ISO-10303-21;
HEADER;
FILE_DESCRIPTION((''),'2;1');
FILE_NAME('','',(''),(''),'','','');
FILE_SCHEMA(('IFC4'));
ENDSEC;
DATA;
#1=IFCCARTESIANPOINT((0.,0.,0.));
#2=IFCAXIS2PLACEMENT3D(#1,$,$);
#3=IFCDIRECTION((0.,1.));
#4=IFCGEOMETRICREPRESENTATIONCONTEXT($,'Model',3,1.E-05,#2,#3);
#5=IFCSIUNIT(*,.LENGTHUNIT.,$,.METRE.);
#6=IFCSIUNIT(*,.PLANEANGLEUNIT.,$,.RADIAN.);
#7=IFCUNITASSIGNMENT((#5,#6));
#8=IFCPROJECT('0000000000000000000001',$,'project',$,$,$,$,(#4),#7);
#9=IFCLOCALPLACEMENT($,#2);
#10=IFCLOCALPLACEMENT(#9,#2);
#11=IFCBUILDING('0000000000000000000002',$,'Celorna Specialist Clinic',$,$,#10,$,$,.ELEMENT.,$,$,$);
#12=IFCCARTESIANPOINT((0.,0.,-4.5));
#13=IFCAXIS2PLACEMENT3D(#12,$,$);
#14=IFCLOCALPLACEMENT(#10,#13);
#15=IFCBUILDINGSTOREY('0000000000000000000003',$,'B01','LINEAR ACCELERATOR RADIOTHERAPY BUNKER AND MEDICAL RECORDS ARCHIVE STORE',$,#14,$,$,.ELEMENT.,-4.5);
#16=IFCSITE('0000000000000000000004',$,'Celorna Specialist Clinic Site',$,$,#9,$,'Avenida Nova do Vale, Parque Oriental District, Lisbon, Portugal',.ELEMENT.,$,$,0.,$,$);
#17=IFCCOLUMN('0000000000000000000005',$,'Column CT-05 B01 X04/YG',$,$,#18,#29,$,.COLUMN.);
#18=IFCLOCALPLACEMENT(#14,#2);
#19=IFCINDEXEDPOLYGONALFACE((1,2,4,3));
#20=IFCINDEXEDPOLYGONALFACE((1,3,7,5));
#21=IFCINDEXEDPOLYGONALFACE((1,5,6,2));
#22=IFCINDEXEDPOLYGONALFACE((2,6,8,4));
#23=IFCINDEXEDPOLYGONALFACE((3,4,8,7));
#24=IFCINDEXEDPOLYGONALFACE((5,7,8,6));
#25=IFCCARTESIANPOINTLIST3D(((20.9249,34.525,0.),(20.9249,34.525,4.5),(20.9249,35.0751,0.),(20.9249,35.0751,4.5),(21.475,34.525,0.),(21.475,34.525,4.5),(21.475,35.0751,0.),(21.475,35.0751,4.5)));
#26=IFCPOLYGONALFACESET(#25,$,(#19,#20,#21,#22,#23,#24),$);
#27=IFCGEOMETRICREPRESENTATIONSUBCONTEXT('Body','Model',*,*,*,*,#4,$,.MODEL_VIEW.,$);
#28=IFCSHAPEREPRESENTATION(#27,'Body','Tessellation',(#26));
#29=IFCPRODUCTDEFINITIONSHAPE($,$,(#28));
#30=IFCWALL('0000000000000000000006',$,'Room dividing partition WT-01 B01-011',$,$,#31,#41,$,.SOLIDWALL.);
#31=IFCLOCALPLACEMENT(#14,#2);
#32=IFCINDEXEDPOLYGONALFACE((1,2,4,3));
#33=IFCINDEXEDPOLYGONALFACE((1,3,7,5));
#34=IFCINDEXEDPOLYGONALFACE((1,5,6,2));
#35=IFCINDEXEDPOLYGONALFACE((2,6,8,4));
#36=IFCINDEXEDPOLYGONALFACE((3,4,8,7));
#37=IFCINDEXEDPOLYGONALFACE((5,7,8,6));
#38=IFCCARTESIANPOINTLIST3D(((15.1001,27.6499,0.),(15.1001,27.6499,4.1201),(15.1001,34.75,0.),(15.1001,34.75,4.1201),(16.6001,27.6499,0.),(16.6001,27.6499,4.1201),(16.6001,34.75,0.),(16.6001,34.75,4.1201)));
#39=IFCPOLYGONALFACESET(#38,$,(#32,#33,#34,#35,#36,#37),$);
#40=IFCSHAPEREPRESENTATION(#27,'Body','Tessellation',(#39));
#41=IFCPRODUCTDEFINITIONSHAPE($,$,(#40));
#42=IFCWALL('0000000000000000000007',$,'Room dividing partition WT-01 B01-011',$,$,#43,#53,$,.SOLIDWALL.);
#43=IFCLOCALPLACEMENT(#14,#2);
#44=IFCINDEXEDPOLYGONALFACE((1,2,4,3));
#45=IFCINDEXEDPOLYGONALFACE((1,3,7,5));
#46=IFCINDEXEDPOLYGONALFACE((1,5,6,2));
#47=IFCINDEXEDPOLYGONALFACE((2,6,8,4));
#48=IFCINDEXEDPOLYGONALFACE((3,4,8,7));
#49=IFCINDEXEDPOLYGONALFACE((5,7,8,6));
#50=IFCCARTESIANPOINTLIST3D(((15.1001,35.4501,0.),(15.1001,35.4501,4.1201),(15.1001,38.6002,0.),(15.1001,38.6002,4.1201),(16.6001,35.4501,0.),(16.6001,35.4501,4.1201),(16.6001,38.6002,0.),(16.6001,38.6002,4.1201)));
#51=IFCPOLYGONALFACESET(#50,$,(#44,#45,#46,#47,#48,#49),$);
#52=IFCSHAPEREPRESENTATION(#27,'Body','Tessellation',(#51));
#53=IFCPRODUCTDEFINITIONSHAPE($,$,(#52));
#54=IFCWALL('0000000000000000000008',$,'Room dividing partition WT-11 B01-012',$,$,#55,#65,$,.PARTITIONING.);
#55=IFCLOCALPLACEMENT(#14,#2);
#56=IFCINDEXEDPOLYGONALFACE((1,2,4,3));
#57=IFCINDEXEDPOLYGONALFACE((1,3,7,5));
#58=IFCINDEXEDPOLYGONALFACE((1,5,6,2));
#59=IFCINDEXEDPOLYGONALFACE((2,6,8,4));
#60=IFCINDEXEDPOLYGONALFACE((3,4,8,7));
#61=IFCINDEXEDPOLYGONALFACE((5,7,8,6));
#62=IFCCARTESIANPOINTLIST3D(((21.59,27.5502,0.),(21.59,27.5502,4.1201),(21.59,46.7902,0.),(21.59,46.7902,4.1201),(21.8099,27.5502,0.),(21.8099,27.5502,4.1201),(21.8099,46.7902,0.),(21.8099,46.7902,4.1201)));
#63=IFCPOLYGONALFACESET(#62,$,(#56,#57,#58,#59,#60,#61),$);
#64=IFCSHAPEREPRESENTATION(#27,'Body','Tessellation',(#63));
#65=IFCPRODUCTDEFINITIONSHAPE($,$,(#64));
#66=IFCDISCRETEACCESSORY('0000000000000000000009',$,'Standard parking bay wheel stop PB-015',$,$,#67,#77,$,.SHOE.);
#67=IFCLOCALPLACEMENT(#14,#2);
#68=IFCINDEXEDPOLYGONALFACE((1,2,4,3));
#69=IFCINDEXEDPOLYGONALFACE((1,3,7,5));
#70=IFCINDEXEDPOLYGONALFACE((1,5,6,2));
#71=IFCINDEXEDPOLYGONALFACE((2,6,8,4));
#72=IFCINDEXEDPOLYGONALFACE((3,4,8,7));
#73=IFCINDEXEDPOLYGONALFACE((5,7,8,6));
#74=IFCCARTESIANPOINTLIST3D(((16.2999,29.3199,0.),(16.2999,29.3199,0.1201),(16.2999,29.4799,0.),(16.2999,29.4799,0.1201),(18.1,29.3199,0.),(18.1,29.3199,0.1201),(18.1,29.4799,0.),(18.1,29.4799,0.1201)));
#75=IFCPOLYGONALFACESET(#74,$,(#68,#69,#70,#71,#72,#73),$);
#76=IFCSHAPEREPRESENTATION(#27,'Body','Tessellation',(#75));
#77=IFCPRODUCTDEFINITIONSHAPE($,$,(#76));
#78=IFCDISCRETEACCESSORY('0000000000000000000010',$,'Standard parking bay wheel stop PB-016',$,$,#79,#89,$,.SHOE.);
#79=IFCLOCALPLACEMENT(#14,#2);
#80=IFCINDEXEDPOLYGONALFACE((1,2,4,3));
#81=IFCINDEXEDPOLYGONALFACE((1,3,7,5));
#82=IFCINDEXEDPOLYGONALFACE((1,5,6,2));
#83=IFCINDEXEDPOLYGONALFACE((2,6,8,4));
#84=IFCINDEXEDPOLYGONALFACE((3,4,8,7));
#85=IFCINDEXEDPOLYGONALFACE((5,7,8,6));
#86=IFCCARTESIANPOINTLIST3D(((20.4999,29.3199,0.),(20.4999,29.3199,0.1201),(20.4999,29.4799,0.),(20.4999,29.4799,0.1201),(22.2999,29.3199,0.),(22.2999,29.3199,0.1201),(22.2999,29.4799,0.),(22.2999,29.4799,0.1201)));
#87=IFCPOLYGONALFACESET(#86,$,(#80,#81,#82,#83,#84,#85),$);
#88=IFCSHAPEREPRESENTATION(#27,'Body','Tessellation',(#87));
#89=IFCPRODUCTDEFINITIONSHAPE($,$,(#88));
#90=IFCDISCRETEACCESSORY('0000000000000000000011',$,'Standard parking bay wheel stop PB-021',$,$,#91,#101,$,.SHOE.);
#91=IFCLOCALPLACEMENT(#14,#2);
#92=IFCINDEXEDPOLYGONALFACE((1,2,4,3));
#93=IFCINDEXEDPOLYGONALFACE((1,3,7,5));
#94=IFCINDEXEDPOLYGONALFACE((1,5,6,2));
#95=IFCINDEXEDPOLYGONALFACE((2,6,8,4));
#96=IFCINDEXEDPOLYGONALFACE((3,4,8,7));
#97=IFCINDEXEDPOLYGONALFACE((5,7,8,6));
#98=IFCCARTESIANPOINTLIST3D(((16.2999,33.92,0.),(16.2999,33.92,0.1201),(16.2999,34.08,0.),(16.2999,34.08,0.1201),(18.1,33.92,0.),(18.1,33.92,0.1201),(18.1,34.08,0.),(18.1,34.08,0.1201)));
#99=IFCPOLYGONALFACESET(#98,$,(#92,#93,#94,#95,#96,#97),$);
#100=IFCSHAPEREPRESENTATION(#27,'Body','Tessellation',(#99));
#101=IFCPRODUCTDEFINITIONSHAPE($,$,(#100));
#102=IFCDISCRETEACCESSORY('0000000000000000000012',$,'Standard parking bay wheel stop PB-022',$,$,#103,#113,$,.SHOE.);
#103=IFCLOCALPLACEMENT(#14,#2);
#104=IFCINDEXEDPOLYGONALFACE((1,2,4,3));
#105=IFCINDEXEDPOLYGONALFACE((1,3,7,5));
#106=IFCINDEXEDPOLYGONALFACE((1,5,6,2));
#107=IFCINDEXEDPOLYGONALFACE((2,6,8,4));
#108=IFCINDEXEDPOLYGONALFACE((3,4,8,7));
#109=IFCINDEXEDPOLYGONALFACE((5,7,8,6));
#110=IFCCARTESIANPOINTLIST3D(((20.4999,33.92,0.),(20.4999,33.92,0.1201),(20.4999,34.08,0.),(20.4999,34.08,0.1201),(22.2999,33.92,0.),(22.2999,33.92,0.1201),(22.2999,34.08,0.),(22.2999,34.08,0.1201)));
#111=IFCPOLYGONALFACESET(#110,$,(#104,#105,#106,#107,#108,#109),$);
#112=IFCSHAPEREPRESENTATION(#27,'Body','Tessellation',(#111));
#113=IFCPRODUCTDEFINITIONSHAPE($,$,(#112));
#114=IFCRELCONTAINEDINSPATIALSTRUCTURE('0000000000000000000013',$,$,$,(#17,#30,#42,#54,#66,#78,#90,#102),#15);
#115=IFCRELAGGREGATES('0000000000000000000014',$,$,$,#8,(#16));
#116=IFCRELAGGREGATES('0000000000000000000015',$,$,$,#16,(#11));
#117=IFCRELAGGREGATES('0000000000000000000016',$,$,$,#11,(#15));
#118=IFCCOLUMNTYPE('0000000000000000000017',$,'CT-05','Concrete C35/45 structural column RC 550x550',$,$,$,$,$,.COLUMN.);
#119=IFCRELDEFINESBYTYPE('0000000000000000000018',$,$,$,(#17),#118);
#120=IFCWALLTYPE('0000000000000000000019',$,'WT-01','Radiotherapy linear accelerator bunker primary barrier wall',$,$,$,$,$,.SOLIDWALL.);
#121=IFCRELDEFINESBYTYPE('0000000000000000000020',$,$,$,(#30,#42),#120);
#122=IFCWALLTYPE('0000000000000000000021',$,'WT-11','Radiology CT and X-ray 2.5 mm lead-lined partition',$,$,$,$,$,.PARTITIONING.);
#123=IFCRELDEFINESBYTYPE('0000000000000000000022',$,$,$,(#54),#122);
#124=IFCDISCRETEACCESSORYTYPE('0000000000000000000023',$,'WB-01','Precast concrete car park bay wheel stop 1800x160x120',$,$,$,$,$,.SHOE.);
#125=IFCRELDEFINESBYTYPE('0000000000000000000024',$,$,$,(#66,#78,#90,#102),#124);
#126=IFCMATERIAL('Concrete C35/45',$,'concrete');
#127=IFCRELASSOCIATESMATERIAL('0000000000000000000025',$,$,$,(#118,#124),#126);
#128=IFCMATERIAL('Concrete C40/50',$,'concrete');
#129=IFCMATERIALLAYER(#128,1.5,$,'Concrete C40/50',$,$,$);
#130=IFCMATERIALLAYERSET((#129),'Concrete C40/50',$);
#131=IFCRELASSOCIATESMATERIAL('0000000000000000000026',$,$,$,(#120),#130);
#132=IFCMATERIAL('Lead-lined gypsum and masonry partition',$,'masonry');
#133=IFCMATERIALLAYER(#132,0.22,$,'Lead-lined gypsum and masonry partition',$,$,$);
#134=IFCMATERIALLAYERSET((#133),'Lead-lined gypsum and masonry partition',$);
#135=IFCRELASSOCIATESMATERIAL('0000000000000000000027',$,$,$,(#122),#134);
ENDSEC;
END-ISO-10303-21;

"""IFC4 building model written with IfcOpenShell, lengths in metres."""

from ifc_helpers import new_model, si_unit, direction, frame, frame_2d, origin, origin_2d, place, context, subcontext, project, spatial, rectangle, extrude, material, layer, layer_set, material_profile, profile_set, type_object, element, save


model = new_model("IFC4")

# Units and contexts
model_context = context("Model", 3, precision=1e-05, world=origin(), true_north=direction((0.0, 1.0)))
body_context = subcontext(model_context, "Body", "Model", "MODEL_VIEW")
ifc_project = project(units=[si_unit("LENGTHUNIT", "METRE"), si_unit("PLANEANGLEUNIT", "RADIAN")], contexts=[model_context])

# Site, building, storey
site_placement = place(None, origin())
site = spatial("IfcSite", under=ifc_project, at=site_placement, Name="Celorna Specialist Clinic Site", LongName="Avenida Nova do Vale, Parque Oriental District, Lisbon, Portugal", CompositionType="ELEMENT", RefElevation=0.0)
building_placement = place(site_placement, origin())
building = spatial("IfcBuilding", under=site, at=building_placement, Name="Celorna Specialist Clinic", CompositionType="ELEMENT")
storey_placement = place(building_placement, frame((0.0, 0.0, -4.5)))
storey = spatial("IfcBuildingStorey", under=building, at=storey_placement, Name="B01", Description="LINEAR ACCELERATOR RADIOTHERAPY BUNKER AND MEDICAL RECORDS ARCHIVE STORE", CompositionType="ELEMENT", Elevation=-4.5)

# Shared definitions
ifc_material_1 = material(Name="Concrete C35/45", Category="concrete")

# Column
ifc_material_2 = material(Name="Concrete C40/50", Category="concrete")
ifc_material_profile_1 = material_profile(ifc_material_1, rectangle(XDim=0.55, YDim=0.55, at=origin_2d()), Name="RC 550x550")
ifc_profile_set_1 = profile_set([ifc_material_profile_1], Name="Concrete C35/45")
column_type_1 = type_object("IfcColumnType", Name="CT-05", Description="Concrete C35/45 structural column RC 550x550", PredefinedType="COLUMN", material=ifc_profile_set_1)
for number, where, z_axis, x_axis, name in (
    (1, (21.2, 34.8, 0.0), (0.0, 0.0, 1.0), (1.0, 0.0, 0.0), "Column CT-05 B01 X04/YG"),
):
    element("IfcColumn", number, at=place(storey_placement, frame(where, z_axis=z_axis, x_axis=x_axis)), inside=storey, type_object=column_type_1, Name=name, PredefinedType="COLUMN", context=body_context, shape_type="SweptSolid", body=[
        extrude(rectangle(XDim=0.55, YDim=0.55, at=origin_2d()), origin(), (0.0, 0.0, 1.0), 4.5),
    ])

# Walls
ifc_layer_1 = layer(ifc_material_2, 1.5, Name="Concrete C40/50")
ifc_layer_set_1 = layer_set([ifc_layer_1], Name="Concrete C40/50")
wall_type_1 = type_object("IfcWallType", Name="WT-01", Description="Radiotherapy linear accelerator bunker primary barrier wall", PredefinedType="SOLIDWALL", material=ifc_layer_set_1)
wall_1_placement = place(storey_placement, frame((15.8501, 27.6499, 0.0), z_axis=(0.0, 0.0, 1.0), x_axis=(0.0, 1.0, 0.0)))
element("IfcWall", 2, at=wall_1_placement, inside=storey, type_object=wall_type_1, Name="Room dividing partition WT-01 B01-011", PredefinedType="SOLIDWALL", context=body_context, shape_type="SweptSolid", body=[
    extrude(rectangle(XDim=7.1001, YDim=1.5, at=frame_2d((3.55, 0.0))), origin(), (0.0, 0.0, 1.0), 4.1201),
])
wall_2_placement = place(storey_placement, frame((15.8501, 35.45, 0.0), z_axis=(0.0, 0.0, 1.0), x_axis=(0.0, 1.0, 0.0)))
element("IfcWall", 3, at=wall_2_placement, inside=storey, type_object=wall_type_1, Name="Room dividing partition WT-01 B01-011", PredefinedType="SOLIDWALL", context=body_context, shape_type="SweptSolid", body=[
    extrude(rectangle(XDim=3.1501, YDim=1.5, at=frame_2d((1.5752, 0.0))), origin(), (0.0, 0.0, 1.0), 4.1201),
])
ifc_material_3 = material(Name="Lead-lined gypsum and masonry partition", Category="masonry")
ifc_layer_2 = layer(ifc_material_3, 0.22, Name="Lead-lined gypsum and masonry partition")
ifc_layer_set_2 = layer_set([ifc_layer_2], Name="Lead-lined gypsum and masonry partition")
wall_type_2 = type_object("IfcWallType", Name="WT-11", Description="Radiology CT and X-ray 2.5 mm lead-lined partition", PredefinedType="PARTITIONING", material=ifc_layer_set_2)
wall_3_placement = place(storey_placement, frame((21.7, 27.55, 0.0), z_axis=(0.0, 0.0, 1.0), x_axis=(0.0, 1.0, 0.0)))
element("IfcWall", 4, at=wall_3_placement, inside=storey, type_object=wall_type_2, Name="Room dividing partition WT-11 B01-012", PredefinedType="PARTITIONING", context=body_context, shape_type="SweptSolid", body=[
    extrude(rectangle(XDim=19.24, YDim=0.22, at=frame_2d((9.6201, 0.0))), origin(), (0.0, 0.0, 1.0), 4.1201),
])

# Discrete accessories
discrete_accessory_type = type_object("IfcDiscreteAccessoryType", Name="WB-01", Description="Precast concrete car park bay wheel stop 1800x160x120", PredefinedType="SHOE", material=ifc_material_1)
for number, where, z_axis, x_axis, name in (
    (5, (17.2, 29.3999, 0.0), (0.0, 0.0, 1.0), (1.0, 0.0, 0.0), "Standard parking bay wheel stop PB-015"),
    (6, (21.3999, 29.3999, 0.0), (0.0, 0.0, 1.0), (1.0, 0.0, 0.0), "Standard parking bay wheel stop PB-016"),
    (7, (17.2, 34.0, 0.0), (0.0, 0.0, 1.0), (1.0, 0.0, 0.0), "Standard parking bay wheel stop PB-021"),
    (8, (21.3999, 34.0, 0.0), (0.0, 0.0, 1.0), (1.0, 0.0, 0.0), "Standard parking bay wheel stop PB-022"),
):
    element("IfcDiscreteAccessory", number, at=place(storey_placement, frame(where, z_axis=z_axis, x_axis=x_axis)), inside=storey, type_object=discrete_accessory_type, Name=name, PredefinedType="SHOE", context=body_context, shape_type="SweptSolid", body=[
        extrude(rectangle(XDim=1.8, YDim=0.1599, at=origin_2d()), origin(), (0.0, 0.0, 1.0), 0.1201),
    ])

save(model, "model.ifc")
